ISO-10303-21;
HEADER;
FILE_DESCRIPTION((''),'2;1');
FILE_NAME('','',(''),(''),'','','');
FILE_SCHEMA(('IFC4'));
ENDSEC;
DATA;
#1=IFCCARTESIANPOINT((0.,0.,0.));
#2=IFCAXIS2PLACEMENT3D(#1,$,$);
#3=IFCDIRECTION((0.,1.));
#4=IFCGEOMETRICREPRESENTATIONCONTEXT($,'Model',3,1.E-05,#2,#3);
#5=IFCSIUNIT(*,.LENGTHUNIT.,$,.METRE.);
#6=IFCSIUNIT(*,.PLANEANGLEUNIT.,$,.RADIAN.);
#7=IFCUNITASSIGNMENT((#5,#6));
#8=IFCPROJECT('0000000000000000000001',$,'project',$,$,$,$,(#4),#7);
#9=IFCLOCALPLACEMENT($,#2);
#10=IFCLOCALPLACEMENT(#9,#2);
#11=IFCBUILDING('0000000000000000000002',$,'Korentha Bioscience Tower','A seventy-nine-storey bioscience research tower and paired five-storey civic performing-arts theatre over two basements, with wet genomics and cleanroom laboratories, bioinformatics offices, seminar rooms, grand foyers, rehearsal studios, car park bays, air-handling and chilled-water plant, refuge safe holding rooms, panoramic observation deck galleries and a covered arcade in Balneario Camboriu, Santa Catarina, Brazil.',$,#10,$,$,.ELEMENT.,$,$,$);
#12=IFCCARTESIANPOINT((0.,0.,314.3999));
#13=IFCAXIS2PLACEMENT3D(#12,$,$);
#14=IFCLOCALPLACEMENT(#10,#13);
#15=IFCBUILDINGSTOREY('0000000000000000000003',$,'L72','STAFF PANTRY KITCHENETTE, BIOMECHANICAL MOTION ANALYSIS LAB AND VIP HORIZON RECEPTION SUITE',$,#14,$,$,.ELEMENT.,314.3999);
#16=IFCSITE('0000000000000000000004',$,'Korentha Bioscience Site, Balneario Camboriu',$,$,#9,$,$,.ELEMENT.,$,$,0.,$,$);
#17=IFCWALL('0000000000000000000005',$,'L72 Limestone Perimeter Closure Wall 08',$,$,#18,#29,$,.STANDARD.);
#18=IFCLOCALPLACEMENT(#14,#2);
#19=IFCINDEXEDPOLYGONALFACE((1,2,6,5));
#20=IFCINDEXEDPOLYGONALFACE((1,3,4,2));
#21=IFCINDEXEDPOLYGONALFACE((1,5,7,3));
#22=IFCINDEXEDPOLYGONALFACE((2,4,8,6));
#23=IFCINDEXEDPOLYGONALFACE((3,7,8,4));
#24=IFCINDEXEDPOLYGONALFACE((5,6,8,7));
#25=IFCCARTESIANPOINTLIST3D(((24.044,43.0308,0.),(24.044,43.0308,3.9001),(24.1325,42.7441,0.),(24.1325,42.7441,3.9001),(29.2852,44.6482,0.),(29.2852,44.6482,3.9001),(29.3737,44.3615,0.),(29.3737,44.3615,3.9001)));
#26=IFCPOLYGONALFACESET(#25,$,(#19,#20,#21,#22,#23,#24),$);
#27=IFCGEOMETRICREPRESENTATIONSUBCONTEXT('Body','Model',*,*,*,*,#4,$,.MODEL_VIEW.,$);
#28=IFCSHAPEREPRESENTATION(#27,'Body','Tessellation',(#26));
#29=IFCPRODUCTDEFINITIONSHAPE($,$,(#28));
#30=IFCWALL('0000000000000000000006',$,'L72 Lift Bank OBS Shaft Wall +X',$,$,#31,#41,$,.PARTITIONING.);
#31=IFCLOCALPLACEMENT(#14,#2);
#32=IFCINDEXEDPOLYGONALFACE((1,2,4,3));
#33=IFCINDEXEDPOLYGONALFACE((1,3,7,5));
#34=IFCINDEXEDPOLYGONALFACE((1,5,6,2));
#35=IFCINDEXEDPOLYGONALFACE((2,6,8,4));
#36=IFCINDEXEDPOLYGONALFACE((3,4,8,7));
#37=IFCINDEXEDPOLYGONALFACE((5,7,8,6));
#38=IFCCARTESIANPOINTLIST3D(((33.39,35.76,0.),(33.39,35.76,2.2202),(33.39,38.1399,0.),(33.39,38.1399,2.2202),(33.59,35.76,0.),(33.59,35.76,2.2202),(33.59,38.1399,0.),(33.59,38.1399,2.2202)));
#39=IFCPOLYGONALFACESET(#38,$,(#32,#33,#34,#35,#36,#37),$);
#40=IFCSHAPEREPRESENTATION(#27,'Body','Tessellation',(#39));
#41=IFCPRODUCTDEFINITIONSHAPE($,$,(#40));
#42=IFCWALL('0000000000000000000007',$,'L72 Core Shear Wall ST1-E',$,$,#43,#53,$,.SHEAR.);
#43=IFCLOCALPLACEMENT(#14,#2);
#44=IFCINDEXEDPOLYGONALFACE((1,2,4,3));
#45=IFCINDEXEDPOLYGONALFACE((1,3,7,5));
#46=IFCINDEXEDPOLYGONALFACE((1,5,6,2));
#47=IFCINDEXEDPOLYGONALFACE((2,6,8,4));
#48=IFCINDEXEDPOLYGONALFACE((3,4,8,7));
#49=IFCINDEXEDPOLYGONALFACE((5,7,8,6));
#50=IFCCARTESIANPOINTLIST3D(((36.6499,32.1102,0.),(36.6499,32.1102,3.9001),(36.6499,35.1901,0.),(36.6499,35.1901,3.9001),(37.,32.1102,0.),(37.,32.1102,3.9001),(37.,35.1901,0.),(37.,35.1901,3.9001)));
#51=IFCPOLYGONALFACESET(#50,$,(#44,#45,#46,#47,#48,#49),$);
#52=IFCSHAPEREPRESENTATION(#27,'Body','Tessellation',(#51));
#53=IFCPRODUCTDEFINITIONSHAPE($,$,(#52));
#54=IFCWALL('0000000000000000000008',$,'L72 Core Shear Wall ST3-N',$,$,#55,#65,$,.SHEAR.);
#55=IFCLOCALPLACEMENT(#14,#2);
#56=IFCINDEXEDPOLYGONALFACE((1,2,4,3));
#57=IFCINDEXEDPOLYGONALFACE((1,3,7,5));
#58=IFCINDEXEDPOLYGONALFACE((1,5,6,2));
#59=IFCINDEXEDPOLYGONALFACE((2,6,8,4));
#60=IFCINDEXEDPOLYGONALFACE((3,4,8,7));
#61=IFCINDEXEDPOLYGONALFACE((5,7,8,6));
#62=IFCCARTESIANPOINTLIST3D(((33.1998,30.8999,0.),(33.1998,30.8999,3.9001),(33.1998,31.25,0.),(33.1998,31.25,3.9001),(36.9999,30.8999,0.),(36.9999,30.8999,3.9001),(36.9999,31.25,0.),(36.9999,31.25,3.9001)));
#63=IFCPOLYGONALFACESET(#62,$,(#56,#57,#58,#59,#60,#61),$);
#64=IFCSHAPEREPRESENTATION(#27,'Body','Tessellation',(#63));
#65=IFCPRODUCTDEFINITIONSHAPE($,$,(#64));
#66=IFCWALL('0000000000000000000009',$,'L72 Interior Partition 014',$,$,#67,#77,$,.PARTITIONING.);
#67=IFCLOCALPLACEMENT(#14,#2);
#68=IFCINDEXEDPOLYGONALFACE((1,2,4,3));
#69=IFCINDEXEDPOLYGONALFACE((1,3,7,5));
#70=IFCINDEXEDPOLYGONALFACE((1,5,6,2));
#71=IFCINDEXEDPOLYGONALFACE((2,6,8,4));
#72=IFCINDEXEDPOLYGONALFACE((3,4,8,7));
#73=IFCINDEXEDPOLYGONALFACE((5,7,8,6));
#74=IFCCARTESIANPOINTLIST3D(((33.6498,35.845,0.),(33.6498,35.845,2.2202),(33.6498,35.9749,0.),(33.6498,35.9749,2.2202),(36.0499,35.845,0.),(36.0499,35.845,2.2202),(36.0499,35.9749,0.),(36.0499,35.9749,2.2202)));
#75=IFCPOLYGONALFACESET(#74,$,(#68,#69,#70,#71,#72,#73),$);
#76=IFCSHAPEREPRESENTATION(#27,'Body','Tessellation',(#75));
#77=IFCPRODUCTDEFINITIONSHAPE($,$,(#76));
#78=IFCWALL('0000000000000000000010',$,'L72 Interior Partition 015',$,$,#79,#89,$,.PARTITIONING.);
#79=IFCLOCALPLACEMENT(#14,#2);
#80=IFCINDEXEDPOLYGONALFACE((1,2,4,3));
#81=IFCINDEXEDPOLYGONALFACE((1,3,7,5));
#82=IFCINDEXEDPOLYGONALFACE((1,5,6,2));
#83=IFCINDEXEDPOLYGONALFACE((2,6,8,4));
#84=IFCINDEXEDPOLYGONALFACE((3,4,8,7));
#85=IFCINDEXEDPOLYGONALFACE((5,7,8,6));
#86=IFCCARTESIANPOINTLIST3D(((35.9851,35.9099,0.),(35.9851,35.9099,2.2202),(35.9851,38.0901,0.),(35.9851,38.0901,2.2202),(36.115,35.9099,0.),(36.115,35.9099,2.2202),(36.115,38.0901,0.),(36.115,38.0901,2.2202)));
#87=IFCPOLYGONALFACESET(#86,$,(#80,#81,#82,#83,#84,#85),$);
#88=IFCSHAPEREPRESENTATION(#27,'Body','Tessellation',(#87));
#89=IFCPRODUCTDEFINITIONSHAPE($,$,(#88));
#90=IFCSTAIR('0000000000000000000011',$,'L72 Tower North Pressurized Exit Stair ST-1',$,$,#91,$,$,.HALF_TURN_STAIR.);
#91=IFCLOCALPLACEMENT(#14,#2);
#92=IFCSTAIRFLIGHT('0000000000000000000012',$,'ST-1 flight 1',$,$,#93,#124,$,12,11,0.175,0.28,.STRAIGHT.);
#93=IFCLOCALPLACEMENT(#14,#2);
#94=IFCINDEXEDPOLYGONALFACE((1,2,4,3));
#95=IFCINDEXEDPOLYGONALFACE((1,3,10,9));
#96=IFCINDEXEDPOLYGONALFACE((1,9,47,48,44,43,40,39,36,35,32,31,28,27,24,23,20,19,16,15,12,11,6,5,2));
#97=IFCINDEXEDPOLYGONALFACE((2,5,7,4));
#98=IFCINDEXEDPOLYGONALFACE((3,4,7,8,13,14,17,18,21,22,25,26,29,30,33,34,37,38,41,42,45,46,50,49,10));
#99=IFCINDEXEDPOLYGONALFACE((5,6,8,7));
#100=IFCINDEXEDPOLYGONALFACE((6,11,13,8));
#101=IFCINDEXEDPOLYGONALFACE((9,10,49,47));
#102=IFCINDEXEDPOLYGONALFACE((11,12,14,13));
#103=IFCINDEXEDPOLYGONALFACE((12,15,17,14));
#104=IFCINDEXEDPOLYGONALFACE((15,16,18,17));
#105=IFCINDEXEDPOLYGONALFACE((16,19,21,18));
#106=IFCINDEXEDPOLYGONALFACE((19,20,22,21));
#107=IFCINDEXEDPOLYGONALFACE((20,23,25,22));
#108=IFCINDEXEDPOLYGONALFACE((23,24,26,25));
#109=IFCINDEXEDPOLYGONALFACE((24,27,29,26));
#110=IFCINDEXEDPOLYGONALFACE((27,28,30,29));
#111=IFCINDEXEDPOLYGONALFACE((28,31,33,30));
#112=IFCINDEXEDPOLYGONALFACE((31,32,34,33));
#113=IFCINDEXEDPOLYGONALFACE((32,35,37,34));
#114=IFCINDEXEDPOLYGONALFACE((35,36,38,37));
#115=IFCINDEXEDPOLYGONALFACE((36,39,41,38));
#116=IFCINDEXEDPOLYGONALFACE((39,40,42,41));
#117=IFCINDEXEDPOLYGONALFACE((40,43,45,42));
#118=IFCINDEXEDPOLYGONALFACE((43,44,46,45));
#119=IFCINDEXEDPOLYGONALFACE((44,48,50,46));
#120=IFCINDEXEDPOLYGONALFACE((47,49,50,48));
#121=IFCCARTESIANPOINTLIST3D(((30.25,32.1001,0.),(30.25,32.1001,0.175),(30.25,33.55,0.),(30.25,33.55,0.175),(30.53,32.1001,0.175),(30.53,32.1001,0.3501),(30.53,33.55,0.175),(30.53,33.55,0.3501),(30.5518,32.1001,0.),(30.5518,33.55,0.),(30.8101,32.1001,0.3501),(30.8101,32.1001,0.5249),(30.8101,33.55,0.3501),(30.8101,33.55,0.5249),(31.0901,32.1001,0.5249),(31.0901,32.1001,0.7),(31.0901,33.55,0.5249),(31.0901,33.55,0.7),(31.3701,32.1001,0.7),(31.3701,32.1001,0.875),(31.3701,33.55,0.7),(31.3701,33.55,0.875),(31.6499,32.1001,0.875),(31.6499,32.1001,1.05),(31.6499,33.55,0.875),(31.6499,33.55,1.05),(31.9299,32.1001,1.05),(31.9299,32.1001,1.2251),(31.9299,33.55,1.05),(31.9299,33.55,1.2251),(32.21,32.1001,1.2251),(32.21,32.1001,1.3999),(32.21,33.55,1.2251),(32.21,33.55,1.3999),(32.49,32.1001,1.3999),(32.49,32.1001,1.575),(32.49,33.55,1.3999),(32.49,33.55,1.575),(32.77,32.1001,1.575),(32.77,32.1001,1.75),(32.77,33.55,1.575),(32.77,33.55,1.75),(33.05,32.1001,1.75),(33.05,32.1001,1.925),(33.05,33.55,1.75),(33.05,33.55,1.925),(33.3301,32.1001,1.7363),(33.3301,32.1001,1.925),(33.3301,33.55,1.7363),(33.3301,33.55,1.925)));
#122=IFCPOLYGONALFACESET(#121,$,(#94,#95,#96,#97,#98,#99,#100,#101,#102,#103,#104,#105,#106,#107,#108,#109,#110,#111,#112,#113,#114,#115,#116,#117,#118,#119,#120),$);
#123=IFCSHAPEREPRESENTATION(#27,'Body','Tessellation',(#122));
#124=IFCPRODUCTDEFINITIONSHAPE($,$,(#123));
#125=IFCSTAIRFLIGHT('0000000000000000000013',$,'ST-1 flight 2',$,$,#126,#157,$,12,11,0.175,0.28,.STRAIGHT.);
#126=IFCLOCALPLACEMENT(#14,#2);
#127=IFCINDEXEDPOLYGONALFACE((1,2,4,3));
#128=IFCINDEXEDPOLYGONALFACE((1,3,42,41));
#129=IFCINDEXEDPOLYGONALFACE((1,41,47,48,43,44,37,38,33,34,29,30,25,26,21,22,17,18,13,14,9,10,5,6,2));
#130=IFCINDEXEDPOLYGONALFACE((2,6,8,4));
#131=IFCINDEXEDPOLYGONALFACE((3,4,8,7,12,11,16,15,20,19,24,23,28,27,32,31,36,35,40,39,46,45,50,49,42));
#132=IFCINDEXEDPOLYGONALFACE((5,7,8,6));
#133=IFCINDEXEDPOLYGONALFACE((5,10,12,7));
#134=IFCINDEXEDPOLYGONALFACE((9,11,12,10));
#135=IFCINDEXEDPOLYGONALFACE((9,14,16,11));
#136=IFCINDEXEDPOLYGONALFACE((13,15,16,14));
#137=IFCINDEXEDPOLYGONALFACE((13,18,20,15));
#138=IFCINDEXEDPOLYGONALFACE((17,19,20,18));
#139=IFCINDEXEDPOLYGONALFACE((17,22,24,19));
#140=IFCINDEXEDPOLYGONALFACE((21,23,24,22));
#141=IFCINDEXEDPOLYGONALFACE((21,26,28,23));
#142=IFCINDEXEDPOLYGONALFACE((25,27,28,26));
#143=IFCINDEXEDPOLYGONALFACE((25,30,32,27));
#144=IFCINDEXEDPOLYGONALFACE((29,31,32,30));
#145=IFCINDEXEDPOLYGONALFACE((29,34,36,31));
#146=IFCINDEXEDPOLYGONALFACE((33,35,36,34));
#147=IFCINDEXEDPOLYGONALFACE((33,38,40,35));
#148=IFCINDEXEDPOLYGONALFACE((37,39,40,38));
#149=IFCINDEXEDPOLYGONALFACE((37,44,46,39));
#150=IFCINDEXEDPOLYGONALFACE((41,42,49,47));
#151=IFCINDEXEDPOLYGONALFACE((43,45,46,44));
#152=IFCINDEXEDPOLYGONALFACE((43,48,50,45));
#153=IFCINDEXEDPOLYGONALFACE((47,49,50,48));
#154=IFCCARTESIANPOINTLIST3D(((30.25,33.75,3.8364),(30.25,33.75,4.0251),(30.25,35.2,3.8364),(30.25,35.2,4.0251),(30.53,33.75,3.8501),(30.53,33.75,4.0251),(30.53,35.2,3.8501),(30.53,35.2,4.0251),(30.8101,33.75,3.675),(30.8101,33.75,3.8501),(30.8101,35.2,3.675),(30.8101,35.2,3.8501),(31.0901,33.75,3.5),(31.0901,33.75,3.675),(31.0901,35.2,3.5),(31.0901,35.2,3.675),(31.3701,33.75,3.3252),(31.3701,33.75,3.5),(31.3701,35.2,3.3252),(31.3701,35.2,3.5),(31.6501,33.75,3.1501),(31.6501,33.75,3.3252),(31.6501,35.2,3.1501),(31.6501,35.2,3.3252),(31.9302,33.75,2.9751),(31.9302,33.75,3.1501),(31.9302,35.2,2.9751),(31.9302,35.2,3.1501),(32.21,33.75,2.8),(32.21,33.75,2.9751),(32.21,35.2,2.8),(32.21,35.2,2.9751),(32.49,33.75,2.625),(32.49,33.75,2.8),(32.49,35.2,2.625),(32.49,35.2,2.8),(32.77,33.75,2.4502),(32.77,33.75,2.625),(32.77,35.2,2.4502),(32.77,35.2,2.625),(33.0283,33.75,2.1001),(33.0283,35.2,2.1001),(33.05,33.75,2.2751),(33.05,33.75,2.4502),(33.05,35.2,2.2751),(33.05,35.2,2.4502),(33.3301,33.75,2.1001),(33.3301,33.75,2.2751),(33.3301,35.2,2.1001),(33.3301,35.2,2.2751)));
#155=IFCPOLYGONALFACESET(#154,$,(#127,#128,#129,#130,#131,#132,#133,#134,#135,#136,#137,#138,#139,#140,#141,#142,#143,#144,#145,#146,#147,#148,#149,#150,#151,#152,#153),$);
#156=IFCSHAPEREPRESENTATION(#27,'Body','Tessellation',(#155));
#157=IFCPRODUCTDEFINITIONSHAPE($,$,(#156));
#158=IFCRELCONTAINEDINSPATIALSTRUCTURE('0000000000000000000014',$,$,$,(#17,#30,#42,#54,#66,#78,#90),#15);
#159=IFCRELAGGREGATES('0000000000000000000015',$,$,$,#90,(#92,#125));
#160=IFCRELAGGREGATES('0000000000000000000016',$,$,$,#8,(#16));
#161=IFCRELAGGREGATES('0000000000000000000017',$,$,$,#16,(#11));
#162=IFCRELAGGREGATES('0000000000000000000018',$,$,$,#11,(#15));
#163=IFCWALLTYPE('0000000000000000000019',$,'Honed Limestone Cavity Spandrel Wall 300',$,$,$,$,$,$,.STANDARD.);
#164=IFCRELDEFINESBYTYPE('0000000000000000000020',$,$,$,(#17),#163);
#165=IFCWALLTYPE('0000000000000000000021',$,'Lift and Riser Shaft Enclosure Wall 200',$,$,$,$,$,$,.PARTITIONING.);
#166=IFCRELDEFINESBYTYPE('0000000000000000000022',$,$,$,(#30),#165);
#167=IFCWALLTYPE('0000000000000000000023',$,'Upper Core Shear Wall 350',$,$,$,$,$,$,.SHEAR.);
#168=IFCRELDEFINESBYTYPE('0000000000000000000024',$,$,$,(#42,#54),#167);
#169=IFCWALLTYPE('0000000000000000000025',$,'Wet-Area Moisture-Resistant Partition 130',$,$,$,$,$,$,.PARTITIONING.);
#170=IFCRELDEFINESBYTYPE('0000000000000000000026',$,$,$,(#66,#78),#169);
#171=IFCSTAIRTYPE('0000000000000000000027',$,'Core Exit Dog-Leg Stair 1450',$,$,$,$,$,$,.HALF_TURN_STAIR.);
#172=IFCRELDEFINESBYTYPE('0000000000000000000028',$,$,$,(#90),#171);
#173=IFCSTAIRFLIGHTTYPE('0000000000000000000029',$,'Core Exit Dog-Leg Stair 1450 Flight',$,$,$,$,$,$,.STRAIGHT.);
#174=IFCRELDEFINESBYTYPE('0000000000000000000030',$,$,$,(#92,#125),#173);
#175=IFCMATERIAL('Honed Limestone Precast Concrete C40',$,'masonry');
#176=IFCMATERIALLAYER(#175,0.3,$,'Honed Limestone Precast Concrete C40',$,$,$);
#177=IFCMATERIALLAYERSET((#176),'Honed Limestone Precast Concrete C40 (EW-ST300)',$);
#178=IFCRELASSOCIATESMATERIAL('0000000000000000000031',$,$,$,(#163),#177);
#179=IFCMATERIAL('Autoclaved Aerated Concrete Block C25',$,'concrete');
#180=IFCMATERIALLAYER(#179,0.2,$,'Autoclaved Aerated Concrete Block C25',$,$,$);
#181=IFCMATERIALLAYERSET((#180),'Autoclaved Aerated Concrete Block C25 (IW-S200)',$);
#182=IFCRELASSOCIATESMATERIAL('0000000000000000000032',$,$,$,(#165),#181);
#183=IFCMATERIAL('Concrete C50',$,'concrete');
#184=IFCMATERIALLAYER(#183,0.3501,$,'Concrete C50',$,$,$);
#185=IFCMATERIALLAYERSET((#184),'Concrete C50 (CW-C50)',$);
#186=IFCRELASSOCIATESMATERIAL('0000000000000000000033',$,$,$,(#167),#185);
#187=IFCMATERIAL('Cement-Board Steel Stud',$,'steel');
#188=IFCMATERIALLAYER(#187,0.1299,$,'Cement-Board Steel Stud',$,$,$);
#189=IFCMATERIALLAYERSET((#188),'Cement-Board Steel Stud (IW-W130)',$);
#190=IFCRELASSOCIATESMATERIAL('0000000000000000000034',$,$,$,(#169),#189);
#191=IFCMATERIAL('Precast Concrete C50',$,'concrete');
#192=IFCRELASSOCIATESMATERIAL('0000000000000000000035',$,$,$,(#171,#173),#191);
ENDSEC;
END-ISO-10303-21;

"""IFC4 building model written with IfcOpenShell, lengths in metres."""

from ifc_helpers import new_model, si_unit, direction, frame, frame_2d, origin, place, context, subcontext, project, spatial, polyline, rectangle, outline, extrude, material, layer, layer_set, type_object, element, aggregate, save


model = new_model("IFC4")

# Units and contexts
model_context = context("Model", 3, precision=1e-05, world=origin(), true_north=direction((0.0, 1.0)))
body_context = subcontext(model_context, "Body", "Model", "MODEL_VIEW")
ifc_project = project(units=[si_unit("LENGTHUNIT", "METRE"), si_unit("PLANEANGLEUNIT", "RADIAN")], contexts=[model_context])

# Site, building, storey
site_placement = place(None, origin())
site = spatial("IfcSite", under=ifc_project, at=site_placement, Name="Korentha Bioscience Site, Balneario Camboriu", CompositionType="ELEMENT", RefElevation=0.0)
building_placement = place(site_placement, origin())
building = spatial("IfcBuilding", under=site, at=building_placement, Name="Korentha Bioscience Tower", Description="A seventy-nine-storey bioscience research tower and paired five-storey civic performing-arts theatre over two basements, with wet genomics and cleanroom laboratories, bioinformatics offices, seminar rooms, grand foyers, rehearsal studios, car park bays, air-handling and chilled-water plant, refuge safe holding rooms, panoramic observation deck galleries and a covered arcade in Balneario Camboriu, Santa Catarina, Brazil.", CompositionType="ELEMENT")
storey_placement = place(building_placement, frame((0.0, 0.0, 314.3999)))
storey = spatial("IfcBuildingStorey", under=building, at=storey_placement, Name="L72", Description="STAFF PANTRY KITCHENETTE, BIOMECHANICAL MOTION ANALYSIS LAB AND VIP HORIZON RECEPTION SUITE", CompositionType="ELEMENT", Elevation=314.3999)

# Shared definitions
ifc_material_1 = material(Name="Concrete C50", Category="concrete")

# Shared definitions
ifc_material_2 = material(Name="Honed Limestone Precast Concrete C40", Category="masonry")
ifc_layer_1 = layer(ifc_material_2, 0.3, Name="Honed Limestone Precast Concrete C40")
ifc_layer_set_1 = layer_set([ifc_layer_1], Name="Honed Limestone Precast Concrete C40 (EW-ST300)")
wall_type_1 = type_object("IfcWallType", Name="Honed Limestone Cavity Spandrel Wall 300", PredefinedType="STANDARD", material=ifc_layer_set_1)

# Walls
wall_1_placement = place(storey_placement, frame((29.3296, 44.5049, 0.0), z_axis=(0.0, 0.0, 1.0), x_axis=(-0.955535, -0.294877, 0.0)))
element("IfcWall", 1, at=wall_1_placement, inside=storey, type_object=wall_type_1, Name="L72 Limestone Perimeter Closure Wall 08", PredefinedType="STANDARD", context=body_context, shape_type="SweptSolid", body=[
    extrude(rectangle(XDim=5.4851, YDim=0.3, at=frame_2d((2.7427, 0.0))), origin(), (0.0, 0.0, 1.0), 3.9001),
])
ifc_material_3 = material(Name="Autoclaved Aerated Concrete Block C25", Category="concrete")
ifc_layer_2 = layer(ifc_material_3, 0.2, Name="Autoclaved Aerated Concrete Block C25")
ifc_layer_set_2 = layer_set([ifc_layer_2], Name="Autoclaved Aerated Concrete Block C25 (IW-S200)")
wall_type_2 = type_object("IfcWallType", Name="Lift and Riser Shaft Enclosure Wall 200", PredefinedType="PARTITIONING", material=ifc_layer_set_2)
wall_2_placement = place(storey_placement, frame((33.49, 35.76, 0.0), z_axis=(0.0, 0.0, 1.0), x_axis=(0.0, 1.0, 0.0)))
element("IfcWall", 2, at=wall_2_placement, inside=storey, type_object=wall_type_2, Name="L72 Lift Bank OBS Shaft Wall +X", PredefinedType="PARTITIONING", context=body_context, shape_type="SweptSolid", body=[
    extrude(rectangle(XDim=2.3799, YDim=0.2, at=frame_2d((1.1899, 0.0))), origin(), (0.0, 0.0, 1.0), 2.2202),
])
ifc_layer_3 = layer(ifc_material_1, 0.3501, Name="Concrete C50")
ifc_layer_set_3 = layer_set([ifc_layer_3], Name="Concrete C50 (CW-C50)")
wall_type_3 = type_object("IfcWallType", Name="Upper Core Shear Wall 350", PredefinedType="SHEAR", material=ifc_layer_set_3)
wall_3_placement = place(storey_placement, frame((36.825, 32.1101, 0.0), z_axis=(0.0, 0.0, 1.0), x_axis=(0.0, 1.0, 0.0)))
element("IfcWall", 3, at=wall_3_placement, inside=storey, type_object=wall_type_3, Name="L72 Core Shear Wall ST1-E", PredefinedType="SHEAR", context=body_context, shape_type="SweptSolid", body=[
    extrude(rectangle(XDim=3.0798, YDim=0.3501, at=frame_2d((1.54, 0.0))), origin(), (0.0, 0.0, 1.0), 3.9001),
])
wall_4_placement = place(storey_placement, frame((33.2, 31.075, 0.0), z_axis=(0.0, 0.0, 1.0), x_axis=(1.0, 0.0, 0.0)))
element("IfcWall", 4, at=wall_4_placement, inside=storey, type_object=wall_type_3, Name="L72 Core Shear Wall ST3-N", PredefinedType="SHEAR", context=body_context, shape_type="SweptSolid", body=[
    extrude(rectangle(XDim=3.8, YDim=0.3501, at=frame_2d((1.8999, 0.0))), origin(), (0.0, 0.0, 1.0), 3.9001),
])

# Shared definitions
ifc_material_4 = material(Name="Cement-Board Steel Stud", Category="steel")
ifc_layer_4 = layer(ifc_material_4, 0.1299, Name="Cement-Board Steel Stud")
ifc_layer_set_4 = layer_set([ifc_layer_4], Name="Cement-Board Steel Stud (IW-W130)")
wall_type_4 = type_object("IfcWallType", Name="Wet-Area Moisture-Resistant Partition 130", PredefinedType="PARTITIONING", material=ifc_layer_set_4)

# Walls
wall_5_placement = place(storey_placement, frame((36.05, 35.9099, 0.0), z_axis=(0.0, 0.0, 1.0), x_axis=(-1.0, 0.0, 0.0)))
element("IfcWall", 5, at=wall_5_placement, inside=storey, type_object=wall_type_4, Name="L72 Interior Partition 014", PredefinedType="PARTITIONING", context=body_context, shape_type="SweptSolid", body=[
    extrude(rectangle(XDim=2.4001, YDim=0.1299, at=frame_2d((1.2002, 0.0))), origin(), (0.0, 0.0, 1.0), 2.2202),
])
wall_6_placement = place(storey_placement, frame((36.05, 38.0901, 0.0), z_axis=(0.0, 0.0, 1.0), x_axis=(0.0, -1.0, 0.0)))
element("IfcWall", 6, at=wall_6_placement, inside=storey, type_object=wall_type_4, Name="L72 Interior Partition 015", PredefinedType="PARTITIONING", context=body_context, shape_type="SweptSolid", body=[
    extrude(rectangle(XDim=2.1802, YDim=0.1299, at=frame_2d((1.0901, 0.0))), origin(), (0.0, 0.0, 1.0), 2.2202),
])

# Stair, stair flights
ifc_material_5 = material(Name="Precast Concrete C50", Category="concrete")
stair_type = type_object("IfcStairType", Name="Core Exit Dog-Leg Stair 1450", PredefinedType="HALF_TURN_STAIR", material=ifc_material_5)
stair_1_placement = place(storey_placement, origin())
stair_1 = element("IfcStair", 7, at=stair_1_placement, inside=storey, type_object=stair_type, Name="L72 Tower North Pressurized Exit Stair ST-1", PredefinedType="HALF_TURN_STAIR")
stair_flight_type = type_object("IfcStairFlightType", Name="Core Exit Dog-Leg Stair 1450 Flight", PredefinedType="STRAIGHT", material=ifc_material_5)
stair_flight_1_placement = place(storey_placement, frame((30.25, 32.825, 0.0), z_axis=(0.0, 0.0, 1.0), x_axis=(1.0, 0.0, 0.0)))
stair_flight_1 = element("IfcStairFlight", 8, at=stair_flight_1_placement, type_object=stair_flight_type, Name="ST-1 flight 1", NumberOfRisers=12, NumberOfTreads=11, PredefinedType="STRAIGHT", RiserHeight=0.175, TreadLength=0.28, context=body_context, shape_type="SweptSolid", body=[
    extrude(outline(polyline([(0.0, 0.0), (0.0, 0.175), (0.28, 0.175), (0.28, 0.3501), (0.5601, 0.3501), (0.5601, 0.5249), (0.8401, 0.5249), (0.8401, 0.7), (1.1201, 0.7), (1.1201, 0.875), (1.3999, 0.875), (1.3999, 1.05), (1.6799, 1.05), (1.6799, 1.2251), (1.96, 1.2251), (1.96, 1.3999), (2.24, 1.3999), (2.24, 1.575), (2.52, 1.575), (2.52, 1.75), (2.8, 1.75), (2.8, 1.925), (3.0801, 1.925), (3.0801, 2.1001), (3.0801, 1.7363), (0.3018, 0.0), (0.0, 0.0)])), frame((0.0, 0.7251, 0.0), z_axis=(0.0, -1.0, 0.0), x_axis=(1.0, 0.0, 0.0)), (0.0, 0.0, 1.0), 1.45),
])
stair_flight_2_placement = place(storey_placement, frame((33.3301, 34.4751, 2.1001), z_axis=(0.0, 0.0, 1.0), x_axis=(-1.0, 0.0, 0.0)))
stair_flight_2 = element("IfcStairFlight", 9, at=stair_flight_2_placement, type_object=stair_flight_type, Name="ST-1 flight 2", NumberOfRisers=12, NumberOfTreads=11, PredefinedType="STRAIGHT", RiserHeight=0.175, TreadLength=0.28, context=body_context, shape_type="SweptSolid", body=[
    extrude(outline(polyline([(0.0, 0.0), (0.0, 0.175), (0.28, 0.175), (0.28, 0.3501), (0.5601, 0.3501), (0.5601, 0.5249), (0.8401, 0.5249), (0.8401, 0.7), (1.1201, 0.7), (1.1201, 0.875), (1.3999, 0.875), (1.3999, 1.05), (1.6799, 1.05), (1.6799, 1.2251), (1.96, 1.2251), (1.96, 1.3999), (2.24, 1.3999), (2.24, 1.575), (2.52, 1.575), (2.52, 1.75), (2.8, 1.75), (2.8, 1.925), (3.0801, 1.925), (3.0801, 2.1001), (3.0801, 1.7363), (0.3018, 0.0), (0.0, 0.0)])), frame((0.0, 0.7251, 0.0), z_axis=(0.0, -1.0, 0.0), x_axis=(1.0, 0.0, 0.0)), (0.0, 0.0, 1.0), 1.45),
])
aggregate(stair_1, [stair_flight_1, stair_flight_2])

save(model, "model.ifc")
